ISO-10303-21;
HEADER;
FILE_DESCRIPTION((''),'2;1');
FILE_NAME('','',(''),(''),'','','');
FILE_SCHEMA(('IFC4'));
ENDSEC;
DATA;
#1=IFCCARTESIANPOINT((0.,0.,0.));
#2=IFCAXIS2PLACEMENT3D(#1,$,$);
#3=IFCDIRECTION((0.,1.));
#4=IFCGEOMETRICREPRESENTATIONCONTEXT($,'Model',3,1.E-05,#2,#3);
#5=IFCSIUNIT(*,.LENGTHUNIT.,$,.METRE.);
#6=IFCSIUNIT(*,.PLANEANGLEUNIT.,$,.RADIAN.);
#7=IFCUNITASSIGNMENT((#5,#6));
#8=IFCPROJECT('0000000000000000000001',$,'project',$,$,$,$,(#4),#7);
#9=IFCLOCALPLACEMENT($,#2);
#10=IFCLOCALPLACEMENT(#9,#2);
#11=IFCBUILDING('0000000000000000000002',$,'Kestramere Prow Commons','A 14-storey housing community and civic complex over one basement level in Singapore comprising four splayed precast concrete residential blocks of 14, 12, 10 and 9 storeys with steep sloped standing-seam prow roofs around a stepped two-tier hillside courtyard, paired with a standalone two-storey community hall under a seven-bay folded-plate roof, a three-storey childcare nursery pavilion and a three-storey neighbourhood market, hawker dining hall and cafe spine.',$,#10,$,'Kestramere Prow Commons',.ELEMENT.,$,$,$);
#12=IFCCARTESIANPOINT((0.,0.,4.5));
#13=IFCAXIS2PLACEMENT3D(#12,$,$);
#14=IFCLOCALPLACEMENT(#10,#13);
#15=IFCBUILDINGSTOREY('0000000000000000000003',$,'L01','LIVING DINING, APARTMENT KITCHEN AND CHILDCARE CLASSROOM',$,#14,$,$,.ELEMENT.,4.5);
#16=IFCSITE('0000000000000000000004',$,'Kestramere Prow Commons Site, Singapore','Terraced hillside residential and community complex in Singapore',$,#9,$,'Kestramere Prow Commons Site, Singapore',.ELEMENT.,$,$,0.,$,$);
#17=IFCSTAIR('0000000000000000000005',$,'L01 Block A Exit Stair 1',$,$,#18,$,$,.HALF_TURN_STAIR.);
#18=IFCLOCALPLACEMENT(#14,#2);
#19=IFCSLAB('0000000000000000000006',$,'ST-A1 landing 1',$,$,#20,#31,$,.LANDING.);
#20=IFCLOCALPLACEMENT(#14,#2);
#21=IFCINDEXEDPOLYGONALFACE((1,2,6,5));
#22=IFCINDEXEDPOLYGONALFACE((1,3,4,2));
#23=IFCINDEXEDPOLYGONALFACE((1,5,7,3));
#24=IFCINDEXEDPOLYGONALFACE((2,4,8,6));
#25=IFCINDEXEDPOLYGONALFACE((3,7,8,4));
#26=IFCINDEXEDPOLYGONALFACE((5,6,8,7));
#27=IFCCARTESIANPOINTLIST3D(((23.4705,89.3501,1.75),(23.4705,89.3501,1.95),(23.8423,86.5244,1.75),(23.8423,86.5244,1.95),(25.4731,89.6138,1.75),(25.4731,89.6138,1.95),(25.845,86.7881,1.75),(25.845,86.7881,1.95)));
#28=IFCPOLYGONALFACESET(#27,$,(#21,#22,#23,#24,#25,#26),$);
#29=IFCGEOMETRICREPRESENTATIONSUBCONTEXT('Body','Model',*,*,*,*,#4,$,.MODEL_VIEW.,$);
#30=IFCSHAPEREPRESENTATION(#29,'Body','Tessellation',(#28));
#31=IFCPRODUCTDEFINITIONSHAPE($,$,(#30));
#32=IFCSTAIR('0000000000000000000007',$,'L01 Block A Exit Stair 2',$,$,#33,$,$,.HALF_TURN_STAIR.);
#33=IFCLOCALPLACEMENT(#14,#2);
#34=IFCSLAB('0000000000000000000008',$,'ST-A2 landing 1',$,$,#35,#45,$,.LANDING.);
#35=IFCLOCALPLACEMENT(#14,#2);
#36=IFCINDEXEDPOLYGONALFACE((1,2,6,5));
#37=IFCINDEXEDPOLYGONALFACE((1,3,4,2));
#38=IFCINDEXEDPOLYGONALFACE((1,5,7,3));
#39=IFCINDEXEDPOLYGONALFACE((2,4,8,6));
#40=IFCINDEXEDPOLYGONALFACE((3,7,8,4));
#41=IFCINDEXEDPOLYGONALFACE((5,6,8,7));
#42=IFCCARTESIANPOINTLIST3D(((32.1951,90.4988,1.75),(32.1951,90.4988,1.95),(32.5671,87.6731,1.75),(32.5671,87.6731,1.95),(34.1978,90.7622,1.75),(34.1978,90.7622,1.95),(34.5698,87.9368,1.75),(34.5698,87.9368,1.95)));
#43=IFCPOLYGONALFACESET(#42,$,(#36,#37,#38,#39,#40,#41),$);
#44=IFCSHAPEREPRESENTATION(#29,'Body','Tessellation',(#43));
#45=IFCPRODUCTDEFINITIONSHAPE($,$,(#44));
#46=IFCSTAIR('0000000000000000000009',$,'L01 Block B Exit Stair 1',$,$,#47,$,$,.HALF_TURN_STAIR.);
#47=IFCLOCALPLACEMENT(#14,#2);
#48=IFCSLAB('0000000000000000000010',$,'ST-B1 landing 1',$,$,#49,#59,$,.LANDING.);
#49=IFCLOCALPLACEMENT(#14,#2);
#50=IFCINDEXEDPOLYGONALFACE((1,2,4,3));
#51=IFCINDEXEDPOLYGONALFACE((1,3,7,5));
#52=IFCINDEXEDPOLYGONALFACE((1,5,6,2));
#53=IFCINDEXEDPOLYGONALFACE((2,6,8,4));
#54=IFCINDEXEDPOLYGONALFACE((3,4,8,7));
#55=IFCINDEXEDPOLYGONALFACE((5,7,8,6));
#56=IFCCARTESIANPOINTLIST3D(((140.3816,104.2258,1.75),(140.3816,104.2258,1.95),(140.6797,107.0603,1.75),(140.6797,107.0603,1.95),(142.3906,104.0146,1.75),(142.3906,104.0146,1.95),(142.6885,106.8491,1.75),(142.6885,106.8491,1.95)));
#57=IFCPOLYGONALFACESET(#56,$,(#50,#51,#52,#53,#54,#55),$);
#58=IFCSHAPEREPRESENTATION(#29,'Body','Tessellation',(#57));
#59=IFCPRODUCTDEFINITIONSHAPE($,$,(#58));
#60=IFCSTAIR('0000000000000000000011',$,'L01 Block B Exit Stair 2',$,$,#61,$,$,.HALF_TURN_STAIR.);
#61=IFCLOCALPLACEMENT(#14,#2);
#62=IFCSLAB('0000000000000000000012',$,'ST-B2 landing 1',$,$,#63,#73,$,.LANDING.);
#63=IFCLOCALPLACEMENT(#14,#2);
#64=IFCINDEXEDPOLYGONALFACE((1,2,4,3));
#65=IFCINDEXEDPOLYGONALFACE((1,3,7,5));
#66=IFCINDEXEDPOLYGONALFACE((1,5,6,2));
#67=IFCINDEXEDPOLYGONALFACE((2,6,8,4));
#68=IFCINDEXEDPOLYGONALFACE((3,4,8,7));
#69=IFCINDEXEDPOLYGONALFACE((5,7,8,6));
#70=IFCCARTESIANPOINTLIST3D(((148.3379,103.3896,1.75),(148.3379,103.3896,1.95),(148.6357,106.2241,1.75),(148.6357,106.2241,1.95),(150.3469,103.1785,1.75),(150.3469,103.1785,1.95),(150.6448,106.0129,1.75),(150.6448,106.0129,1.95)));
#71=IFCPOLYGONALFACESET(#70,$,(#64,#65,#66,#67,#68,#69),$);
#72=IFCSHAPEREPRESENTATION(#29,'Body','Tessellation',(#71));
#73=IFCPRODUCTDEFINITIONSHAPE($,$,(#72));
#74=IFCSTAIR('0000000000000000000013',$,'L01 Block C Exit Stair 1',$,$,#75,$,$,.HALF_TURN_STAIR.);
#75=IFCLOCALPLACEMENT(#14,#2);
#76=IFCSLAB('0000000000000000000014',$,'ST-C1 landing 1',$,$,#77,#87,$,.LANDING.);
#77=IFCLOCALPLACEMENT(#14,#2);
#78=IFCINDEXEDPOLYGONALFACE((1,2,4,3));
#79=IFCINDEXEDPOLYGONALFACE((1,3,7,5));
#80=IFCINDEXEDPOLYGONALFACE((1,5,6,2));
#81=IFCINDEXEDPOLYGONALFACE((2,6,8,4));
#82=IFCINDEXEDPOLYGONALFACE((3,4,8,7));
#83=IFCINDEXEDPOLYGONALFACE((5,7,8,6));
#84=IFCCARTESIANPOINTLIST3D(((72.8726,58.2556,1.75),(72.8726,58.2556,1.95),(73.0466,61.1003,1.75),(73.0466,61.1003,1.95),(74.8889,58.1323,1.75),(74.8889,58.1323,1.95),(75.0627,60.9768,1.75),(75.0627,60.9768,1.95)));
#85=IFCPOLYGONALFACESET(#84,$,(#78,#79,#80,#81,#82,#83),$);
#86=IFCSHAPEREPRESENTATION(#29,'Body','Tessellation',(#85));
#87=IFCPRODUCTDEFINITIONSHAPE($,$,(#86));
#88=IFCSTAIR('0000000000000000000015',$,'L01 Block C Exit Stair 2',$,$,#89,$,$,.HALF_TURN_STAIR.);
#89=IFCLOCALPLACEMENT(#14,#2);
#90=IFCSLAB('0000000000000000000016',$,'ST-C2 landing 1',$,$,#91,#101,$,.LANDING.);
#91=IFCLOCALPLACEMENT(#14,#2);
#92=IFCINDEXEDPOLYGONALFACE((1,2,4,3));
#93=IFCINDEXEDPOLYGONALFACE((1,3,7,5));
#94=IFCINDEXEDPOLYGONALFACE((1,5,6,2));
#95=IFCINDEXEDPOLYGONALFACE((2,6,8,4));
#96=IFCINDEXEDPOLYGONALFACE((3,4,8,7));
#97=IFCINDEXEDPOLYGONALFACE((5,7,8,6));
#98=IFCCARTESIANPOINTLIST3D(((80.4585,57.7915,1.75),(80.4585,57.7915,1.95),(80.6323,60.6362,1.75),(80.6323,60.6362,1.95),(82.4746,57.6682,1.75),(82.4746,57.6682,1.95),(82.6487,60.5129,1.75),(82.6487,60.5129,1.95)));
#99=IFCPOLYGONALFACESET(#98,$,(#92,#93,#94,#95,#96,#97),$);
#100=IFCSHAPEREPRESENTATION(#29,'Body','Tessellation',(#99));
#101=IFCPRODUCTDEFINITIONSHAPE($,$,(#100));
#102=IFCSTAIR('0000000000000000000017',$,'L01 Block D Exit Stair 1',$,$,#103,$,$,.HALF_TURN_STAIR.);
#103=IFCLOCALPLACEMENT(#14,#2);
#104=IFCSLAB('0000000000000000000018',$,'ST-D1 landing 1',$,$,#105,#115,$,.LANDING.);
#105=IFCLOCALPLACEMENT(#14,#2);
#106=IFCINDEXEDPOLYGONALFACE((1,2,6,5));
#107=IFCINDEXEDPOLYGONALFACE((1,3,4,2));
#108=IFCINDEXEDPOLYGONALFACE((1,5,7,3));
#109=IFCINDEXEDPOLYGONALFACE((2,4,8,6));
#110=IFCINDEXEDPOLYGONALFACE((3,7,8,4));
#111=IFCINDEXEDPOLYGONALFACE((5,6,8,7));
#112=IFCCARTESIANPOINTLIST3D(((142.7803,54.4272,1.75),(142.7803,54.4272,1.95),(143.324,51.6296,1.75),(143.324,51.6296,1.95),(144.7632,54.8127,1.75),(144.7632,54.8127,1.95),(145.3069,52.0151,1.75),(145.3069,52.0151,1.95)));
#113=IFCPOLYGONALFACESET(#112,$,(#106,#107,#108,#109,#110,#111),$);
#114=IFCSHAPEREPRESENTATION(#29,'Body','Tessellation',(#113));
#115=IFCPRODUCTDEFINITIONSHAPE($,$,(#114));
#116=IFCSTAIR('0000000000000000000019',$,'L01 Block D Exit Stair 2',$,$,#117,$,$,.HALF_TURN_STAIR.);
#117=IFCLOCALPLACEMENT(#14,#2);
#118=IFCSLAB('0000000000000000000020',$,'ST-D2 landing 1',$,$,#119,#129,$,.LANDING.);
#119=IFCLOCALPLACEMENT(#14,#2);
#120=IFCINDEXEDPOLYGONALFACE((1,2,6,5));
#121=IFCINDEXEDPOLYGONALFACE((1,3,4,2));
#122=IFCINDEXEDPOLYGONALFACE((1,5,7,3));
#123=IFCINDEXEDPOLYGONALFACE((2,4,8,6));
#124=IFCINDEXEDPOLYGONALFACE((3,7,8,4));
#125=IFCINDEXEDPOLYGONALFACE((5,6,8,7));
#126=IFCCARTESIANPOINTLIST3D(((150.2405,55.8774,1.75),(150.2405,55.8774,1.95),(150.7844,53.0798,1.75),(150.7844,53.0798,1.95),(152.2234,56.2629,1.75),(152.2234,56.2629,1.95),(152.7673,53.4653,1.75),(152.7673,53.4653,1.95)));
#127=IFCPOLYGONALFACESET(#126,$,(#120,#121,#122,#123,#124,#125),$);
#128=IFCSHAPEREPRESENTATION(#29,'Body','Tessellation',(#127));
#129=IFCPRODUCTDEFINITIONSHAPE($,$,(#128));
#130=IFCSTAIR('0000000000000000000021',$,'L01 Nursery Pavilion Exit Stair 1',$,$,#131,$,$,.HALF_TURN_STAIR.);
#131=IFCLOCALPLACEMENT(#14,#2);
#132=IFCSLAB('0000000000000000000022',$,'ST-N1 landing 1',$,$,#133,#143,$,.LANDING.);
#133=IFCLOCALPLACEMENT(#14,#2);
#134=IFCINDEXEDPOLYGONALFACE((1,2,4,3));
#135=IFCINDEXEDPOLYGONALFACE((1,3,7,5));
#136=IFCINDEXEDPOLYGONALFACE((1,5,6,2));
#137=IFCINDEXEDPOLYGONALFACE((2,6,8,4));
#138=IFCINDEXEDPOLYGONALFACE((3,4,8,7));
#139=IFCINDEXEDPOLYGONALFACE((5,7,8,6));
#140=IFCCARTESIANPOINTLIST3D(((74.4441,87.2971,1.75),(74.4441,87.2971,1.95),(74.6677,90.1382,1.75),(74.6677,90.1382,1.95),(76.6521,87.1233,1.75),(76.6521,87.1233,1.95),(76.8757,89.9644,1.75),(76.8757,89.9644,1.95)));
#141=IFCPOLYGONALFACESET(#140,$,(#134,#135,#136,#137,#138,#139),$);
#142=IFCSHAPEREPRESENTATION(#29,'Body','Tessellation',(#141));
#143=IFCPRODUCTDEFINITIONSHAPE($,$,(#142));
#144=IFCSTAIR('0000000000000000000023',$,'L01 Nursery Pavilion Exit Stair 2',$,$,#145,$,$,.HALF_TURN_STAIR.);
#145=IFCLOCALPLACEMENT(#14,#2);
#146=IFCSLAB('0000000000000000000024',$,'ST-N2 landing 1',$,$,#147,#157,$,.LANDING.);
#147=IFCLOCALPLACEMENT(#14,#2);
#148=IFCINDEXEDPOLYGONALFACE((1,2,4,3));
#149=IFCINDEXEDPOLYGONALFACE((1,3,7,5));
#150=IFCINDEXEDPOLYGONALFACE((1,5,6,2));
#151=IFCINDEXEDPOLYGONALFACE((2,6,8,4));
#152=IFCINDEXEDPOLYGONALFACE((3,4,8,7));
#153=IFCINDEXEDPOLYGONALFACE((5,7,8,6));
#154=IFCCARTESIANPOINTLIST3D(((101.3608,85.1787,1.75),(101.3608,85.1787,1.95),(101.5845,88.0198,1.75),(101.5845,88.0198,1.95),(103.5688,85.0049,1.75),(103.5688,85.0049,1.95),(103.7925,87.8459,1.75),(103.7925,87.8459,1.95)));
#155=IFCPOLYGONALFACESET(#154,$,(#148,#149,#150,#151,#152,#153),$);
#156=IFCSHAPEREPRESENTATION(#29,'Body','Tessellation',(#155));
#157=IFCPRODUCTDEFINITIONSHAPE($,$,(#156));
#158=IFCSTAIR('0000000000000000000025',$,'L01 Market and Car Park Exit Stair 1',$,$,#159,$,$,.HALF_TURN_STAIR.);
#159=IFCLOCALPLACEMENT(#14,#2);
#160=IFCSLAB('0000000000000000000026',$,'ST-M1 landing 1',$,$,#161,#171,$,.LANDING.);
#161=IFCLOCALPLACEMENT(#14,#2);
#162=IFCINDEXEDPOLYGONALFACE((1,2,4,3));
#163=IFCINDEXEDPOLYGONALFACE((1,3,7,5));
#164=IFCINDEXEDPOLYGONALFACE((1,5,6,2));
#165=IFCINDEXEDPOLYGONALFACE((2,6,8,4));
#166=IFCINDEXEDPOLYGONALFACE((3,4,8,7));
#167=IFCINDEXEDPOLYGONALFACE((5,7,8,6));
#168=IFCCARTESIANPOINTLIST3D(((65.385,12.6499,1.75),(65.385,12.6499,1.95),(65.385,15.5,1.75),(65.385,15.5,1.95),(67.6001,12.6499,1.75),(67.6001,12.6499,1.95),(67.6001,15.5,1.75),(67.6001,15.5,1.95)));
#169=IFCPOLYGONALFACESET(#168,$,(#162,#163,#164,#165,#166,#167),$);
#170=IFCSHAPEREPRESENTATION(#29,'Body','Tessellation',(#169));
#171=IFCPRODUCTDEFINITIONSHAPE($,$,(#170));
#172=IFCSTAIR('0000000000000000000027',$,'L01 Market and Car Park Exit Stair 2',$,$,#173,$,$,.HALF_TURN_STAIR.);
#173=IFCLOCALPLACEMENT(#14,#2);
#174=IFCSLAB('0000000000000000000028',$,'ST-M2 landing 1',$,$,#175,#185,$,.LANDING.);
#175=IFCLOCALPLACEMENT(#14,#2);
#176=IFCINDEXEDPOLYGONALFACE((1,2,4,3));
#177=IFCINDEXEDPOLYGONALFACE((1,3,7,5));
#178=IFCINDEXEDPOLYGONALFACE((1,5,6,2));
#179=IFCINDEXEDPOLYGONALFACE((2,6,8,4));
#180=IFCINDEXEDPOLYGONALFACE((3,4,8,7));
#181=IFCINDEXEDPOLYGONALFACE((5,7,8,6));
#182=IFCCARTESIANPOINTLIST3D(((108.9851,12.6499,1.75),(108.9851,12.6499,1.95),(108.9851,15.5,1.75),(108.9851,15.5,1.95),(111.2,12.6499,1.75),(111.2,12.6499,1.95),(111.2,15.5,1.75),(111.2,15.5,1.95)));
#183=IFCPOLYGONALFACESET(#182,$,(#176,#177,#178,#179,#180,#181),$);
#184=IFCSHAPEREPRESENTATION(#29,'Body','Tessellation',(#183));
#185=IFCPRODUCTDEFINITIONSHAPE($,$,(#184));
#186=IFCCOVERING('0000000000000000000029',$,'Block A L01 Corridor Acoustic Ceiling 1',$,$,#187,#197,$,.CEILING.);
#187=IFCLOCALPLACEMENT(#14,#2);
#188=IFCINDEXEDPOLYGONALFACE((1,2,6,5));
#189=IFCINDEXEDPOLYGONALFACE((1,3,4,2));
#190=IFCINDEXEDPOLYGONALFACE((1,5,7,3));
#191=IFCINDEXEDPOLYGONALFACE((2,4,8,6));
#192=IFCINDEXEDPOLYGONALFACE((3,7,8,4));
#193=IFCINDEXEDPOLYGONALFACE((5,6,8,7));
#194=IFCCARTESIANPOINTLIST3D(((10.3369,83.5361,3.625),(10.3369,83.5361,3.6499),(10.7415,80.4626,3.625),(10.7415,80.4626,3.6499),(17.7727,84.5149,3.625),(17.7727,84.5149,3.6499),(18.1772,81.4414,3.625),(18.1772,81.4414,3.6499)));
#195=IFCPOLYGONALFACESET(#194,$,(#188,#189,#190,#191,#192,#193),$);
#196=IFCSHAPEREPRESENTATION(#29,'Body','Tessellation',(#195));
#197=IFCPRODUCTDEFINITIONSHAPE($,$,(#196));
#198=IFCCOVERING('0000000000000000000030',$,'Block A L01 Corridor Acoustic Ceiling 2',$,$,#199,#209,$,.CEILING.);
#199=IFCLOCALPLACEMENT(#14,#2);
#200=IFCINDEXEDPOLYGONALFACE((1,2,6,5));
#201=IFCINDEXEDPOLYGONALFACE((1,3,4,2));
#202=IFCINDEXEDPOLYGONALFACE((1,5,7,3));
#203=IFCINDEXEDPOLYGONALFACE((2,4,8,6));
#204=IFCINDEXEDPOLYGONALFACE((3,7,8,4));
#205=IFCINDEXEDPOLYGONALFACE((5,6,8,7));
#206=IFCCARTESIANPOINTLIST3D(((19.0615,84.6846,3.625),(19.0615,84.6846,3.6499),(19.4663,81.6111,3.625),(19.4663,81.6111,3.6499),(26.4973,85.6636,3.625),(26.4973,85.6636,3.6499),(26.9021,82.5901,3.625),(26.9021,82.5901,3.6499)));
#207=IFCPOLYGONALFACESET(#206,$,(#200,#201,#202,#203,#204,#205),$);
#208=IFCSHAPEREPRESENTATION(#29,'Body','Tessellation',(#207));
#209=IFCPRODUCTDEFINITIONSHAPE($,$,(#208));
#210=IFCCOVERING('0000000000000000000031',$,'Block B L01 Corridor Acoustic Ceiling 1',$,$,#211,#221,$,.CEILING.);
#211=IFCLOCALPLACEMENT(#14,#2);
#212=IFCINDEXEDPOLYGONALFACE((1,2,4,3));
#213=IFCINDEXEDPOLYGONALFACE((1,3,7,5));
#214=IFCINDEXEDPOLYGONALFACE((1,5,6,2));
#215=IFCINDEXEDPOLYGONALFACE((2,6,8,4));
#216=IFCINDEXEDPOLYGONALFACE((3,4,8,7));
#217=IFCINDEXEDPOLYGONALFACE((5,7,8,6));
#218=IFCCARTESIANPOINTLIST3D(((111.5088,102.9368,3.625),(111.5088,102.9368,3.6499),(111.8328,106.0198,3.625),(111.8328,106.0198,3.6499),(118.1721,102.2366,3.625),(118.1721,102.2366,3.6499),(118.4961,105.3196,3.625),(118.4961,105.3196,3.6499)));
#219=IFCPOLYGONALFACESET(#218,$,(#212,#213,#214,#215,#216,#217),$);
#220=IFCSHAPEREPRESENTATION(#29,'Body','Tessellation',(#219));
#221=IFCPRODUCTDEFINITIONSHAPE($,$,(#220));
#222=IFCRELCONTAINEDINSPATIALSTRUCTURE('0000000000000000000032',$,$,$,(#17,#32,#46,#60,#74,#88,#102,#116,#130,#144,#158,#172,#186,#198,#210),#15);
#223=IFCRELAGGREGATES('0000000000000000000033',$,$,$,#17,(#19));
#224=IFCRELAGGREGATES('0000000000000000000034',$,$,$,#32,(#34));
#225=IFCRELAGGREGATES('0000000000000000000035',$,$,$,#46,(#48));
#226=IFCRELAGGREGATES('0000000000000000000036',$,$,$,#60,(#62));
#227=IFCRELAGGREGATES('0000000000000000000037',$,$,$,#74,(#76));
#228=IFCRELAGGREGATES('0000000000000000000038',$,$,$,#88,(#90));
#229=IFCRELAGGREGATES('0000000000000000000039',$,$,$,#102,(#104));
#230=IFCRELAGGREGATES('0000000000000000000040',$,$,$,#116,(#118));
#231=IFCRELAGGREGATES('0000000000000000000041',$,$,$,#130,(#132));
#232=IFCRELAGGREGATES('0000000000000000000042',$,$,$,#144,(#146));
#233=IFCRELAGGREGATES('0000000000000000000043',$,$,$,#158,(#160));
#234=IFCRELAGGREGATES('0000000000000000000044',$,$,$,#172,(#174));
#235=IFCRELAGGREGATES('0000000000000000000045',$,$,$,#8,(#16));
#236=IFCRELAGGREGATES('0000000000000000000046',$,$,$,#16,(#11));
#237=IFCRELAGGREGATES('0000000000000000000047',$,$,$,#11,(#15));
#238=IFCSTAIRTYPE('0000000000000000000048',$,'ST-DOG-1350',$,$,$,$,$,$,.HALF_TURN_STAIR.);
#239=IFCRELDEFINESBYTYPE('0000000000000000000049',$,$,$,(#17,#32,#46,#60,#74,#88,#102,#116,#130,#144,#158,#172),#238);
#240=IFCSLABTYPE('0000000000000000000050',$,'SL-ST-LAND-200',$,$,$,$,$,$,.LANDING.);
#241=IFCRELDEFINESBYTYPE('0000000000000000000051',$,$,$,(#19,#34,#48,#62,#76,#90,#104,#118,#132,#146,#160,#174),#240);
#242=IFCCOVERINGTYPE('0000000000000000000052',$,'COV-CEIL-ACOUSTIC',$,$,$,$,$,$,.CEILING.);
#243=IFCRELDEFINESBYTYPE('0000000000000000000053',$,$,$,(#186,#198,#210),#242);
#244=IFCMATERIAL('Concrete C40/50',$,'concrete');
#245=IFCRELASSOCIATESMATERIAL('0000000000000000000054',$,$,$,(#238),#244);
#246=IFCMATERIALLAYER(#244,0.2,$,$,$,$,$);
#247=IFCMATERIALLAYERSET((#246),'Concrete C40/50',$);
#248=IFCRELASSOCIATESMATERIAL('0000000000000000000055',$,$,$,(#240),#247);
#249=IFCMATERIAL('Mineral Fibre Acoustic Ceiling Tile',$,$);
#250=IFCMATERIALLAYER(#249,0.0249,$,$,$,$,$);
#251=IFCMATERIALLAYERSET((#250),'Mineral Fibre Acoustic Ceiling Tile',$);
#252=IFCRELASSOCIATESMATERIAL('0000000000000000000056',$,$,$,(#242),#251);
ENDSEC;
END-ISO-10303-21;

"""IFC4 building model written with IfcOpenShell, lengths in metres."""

from ifc_helpers import new_model, si_unit, direction, frame, origin, place, context, subcontext, project, spatial, polyline, outline, extrude, material, layer, layer_set, type_object, element, aggregate, save


model = new_model("IFC4")

# Units and contexts
model_context = context("Model", 3, precision=1e-05, world=origin(), true_north=direction((0.0, 1.0)))
body_context = subcontext(model_context, "Body", "Model", "MODEL_VIEW")
ifc_project = project(units=[si_unit("LENGTHUNIT", "METRE"), si_unit("PLANEANGLEUNIT", "RADIAN")], contexts=[model_context])

# Site, building, storey
site_placement = place(None, origin())
site = spatial("IfcSite", under=ifc_project, at=site_placement, Name="Kestramere Prow Commons Site, Singapore", Description="Terraced hillside residential and community complex in Singapore", LongName="Kestramere Prow Commons Site, Singapore", CompositionType="ELEMENT", RefElevation=0.0)
building_placement = place(site_placement, origin())
building = spatial("IfcBuilding", under=site, at=building_placement, Name="Kestramere Prow Commons", Description="A 14-storey housing community and civic complex over one basement level in Singapore comprising four splayed precast concrete residential blocks of 14, 12, 10 and 9 storeys with steep sloped standing-seam prow roofs around a stepped two-tier hillside courtyard, paired with a standalone two-storey community hall under a seven-bay folded-plate roof, a three-storey childcare nursery pavilion and a three-storey neighbourhood market, hawker dining hall and cafe spine.", LongName="Kestramere Prow Commons", CompositionType="ELEMENT")
storey_placement = place(building_placement, frame((0.0, 0.0, 4.5)))
storey = spatial("IfcBuildingStorey", under=building, at=storey_placement, Name="L01", Description="LIVING DINING, APARTMENT KITCHEN AND CHILDCARE CLASSROOM", CompositionType="ELEMENT", Elevation=4.5)

# Stairs, slabs
ifc_material_1 = material(Name="Concrete C40/50", Category="concrete")
stair_type = type_object("IfcStairType", Name="ST-DOG-1350", PredefinedType="HALF_TURN_STAIR", material=ifc_material_1)
stair_1_placement = place(storey_placement, origin())
stair_1 = element("IfcStair", 1, at=stair_1_placement, inside=storey, type_object=stair_type, Name="L01 Block A Exit Stair 1", PredefinedType="HALF_TURN_STAIR")
ifc_layer_1 = layer(ifc_material_1, 0.2)
ifc_layer_set_1 = layer_set([ifc_layer_1], Name="Concrete C40/50")
slab_type = type_object("IfcSlabType", Name="SL-ST-LAND-200", PredefinedType="LANDING", material=ifc_layer_set_1)
slab_1_placement = place(storey_placement, frame((0.0, 0.0, 1.75)))
slab_1 = element("IfcSlab", 2, at=slab_1_placement, type_object=slab_type, Name="ST-A1 landing 1", PredefinedType="LANDING", context=body_context, shape_type="SweptSolid", body=[
    extrude(outline(polyline([(23.8423, 86.5244), (25.845, 86.7881), (25.4731, 89.6138), (23.4705, 89.3501), (23.8423, 86.5244)])), origin(), (0.0, 0.0, 1.0), 0.2),
])
aggregate(stair_1, [slab_1])
stair_2_placement = place(storey_placement, origin())
stair_2 = element("IfcStair", 3, at=stair_2_placement, inside=storey, type_object=stair_type, Name="L01 Block A Exit Stair 2", PredefinedType="HALF_TURN_STAIR")
slab_2_placement = place(storey_placement, frame((0.0, 0.0, 1.75)))
slab_2 = element("IfcSlab", 4, at=slab_2_placement, type_object=slab_type, Name="ST-A2 landing 1", PredefinedType="LANDING", context=body_context, shape_type="SweptSolid", body=[
    extrude(outline(polyline([(32.5671, 87.6731), (34.5698, 87.9368), (34.1978, 90.7622), (32.1951, 90.4988), (32.5671, 87.6731)])), origin(), (0.0, 0.0, 1.0), 0.2),
])
aggregate(stair_2, [slab_2])
stair_3_placement = place(storey_placement, origin())
stair_3 = element("IfcStair", 5, at=stair_3_placement, inside=storey, type_object=stair_type, Name="L01 Block B Exit Stair 1", PredefinedType="HALF_TURN_STAIR")
slab_3_placement = place(storey_placement, frame((0.0, 0.0, 1.75)))
slab_3 = element("IfcSlab", 6, at=slab_3_placement, type_object=slab_type, Name="ST-B1 landing 1", PredefinedType="LANDING", context=body_context, shape_type="SweptSolid", body=[
    extrude(outline(polyline([(140.3816, 104.2258), (142.3906, 104.0146), (142.6885, 106.8491), (140.6797, 107.0603), (140.3816, 104.2258)])), origin(), (0.0, 0.0, 1.0), 0.2),
])
aggregate(stair_3, [slab_3])
stair_4_placement = place(storey_placement, origin())
stair_4 = element("IfcStair", 7, at=stair_4_placement, inside=storey, type_object=stair_type, Name="L01 Block B Exit Stair 2", PredefinedType="HALF_TURN_STAIR")
slab_4_placement = place(storey_placement, frame((0.0, 0.0, 1.75)))
slab_4 = element("IfcSlab", 8, at=slab_4_placement, type_object=slab_type, Name="ST-B2 landing 1", PredefinedType="LANDING", context=body_context, shape_type="SweptSolid", body=[
    extrude(outline(polyline([(148.3379, 103.3896), (150.3469, 103.1785), (150.6448, 106.0129), (148.6357, 106.2241), (148.3379, 103.3896)])), origin(), (0.0, 0.0, 1.0), 0.2),
])
aggregate(stair_4, [slab_4])
stair_5_placement = place(storey_placement, origin())
stair_5 = element("IfcStair", 9, at=stair_5_placement, inside=storey, type_object=stair_type, Name="L01 Block C Exit Stair 1", PredefinedType="HALF_TURN_STAIR")
slab_5_placement = place(storey_placement, frame((0.0, 0.0, 1.75)))
slab_5 = element("IfcSlab", 10, at=slab_5_placement, type_object=slab_type, Name="ST-C1 landing 1", PredefinedType="LANDING", context=body_context, shape_type="SweptSolid", body=[
    extrude(outline(polyline([(72.8726, 58.2556), (74.8889, 58.1323), (75.0627, 60.9768), (73.0466, 61.1003), (72.8726, 58.2556)])), origin(), (0.0, 0.0, 1.0), 0.2),
])
aggregate(stair_5, [slab_5])
stair_6_placement = place(storey_placement, origin())
stair_6 = element("IfcStair", 11, at=stair_6_placement, inside=storey, type_object=stair_type, Name="L01 Block C Exit Stair 2", PredefinedType="HALF_TURN_STAIR")
slab_6_placement = place(storey_placement, frame((0.0, 0.0, 1.75)))
slab_6 = element("IfcSlab", 12, at=slab_6_placement, type_object=slab_type, Name="ST-C2 landing 1", PredefinedType="LANDING", context=body_context, shape_type="SweptSolid", body=[
    extrude(outline(polyline([(80.4585, 57.7915), (82.4746, 57.6682), (82.6487, 60.5129), (80.6323, 60.6362), (80.4585, 57.7915)])), origin(), (0.0, 0.0, 1.0), 0.2),
])
aggregate(stair_6, [slab_6])
stair_7_placement = place(storey_placement, origin())
stair_7 = element("IfcStair", 13, at=stair_7_placement, inside=storey, type_object=stair_type, Name="L01 Block D Exit Stair 1", PredefinedType="HALF_TURN_STAIR")
slab_7_placement = place(storey_placement, frame((0.0, 0.0, 1.75)))
slab_7 = element("IfcSlab", 14, at=slab_7_placement, type_object=slab_type, Name="ST-D1 landing 1", PredefinedType="LANDING", context=body_context, shape_type="SweptSolid", body=[
    extrude(outline(polyline([(143.324, 51.6296), (145.3069, 52.0151), (144.7632, 54.8127), (142.7803, 54.4272), (143.324, 51.6296)])), origin(), (0.0, 0.0, 1.0), 0.2),
])
aggregate(stair_7, [slab_7])
stair_8_placement = place(storey_placement, origin())
stair_8 = element("IfcStair", 15, at=stair_8_placement, inside=storey, type_object=stair_type, Name="L01 Block D Exit Stair 2", PredefinedType="HALF_TURN_STAIR")
slab_8_placement = place(storey_placement, frame((0.0, 0.0, 1.75)))
slab_8 = element("IfcSlab", 16, at=slab_8_placement, type_object=slab_type, Name="ST-D2 landing 1", PredefinedType="LANDING", context=body_context, shape_type="SweptSolid", body=[
    extrude(outline(polyline([(150.7844, 53.0798), (152.7673, 53.4653), (152.2234, 56.2629), (150.2405, 55.8774), (150.7844, 53.0798)])), origin(), (0.0, 0.0, 1.0), 0.2),
])
aggregate(stair_8, [slab_8])
stair_9_placement = place(storey_placement, origin())
stair_9 = element("IfcStair", 17, at=stair_9_placement, inside=storey, type_object=stair_type, Name="L01 Nursery Pavilion Exit Stair 1", PredefinedType="HALF_TURN_STAIR")
slab_9_placement = place(storey_placement, frame((0.0, 0.0, 1.75)))
slab_9 = element("IfcSlab", 18, at=slab_9_placement, type_object=slab_type, Name="ST-N1 landing 1", PredefinedType="LANDING", context=body_context, shape_type="SweptSolid", body=[
    extrude(outline(polyline([(74.4441, 87.2971), (76.6521, 87.1233), (76.8757, 89.9644), (74.6677, 90.1382), (74.4441, 87.2971)])), origin(), (0.0, 0.0, 1.0), 0.2),
])
aggregate(stair_9, [slab_9])
stair_10_placement = place(storey_placement, origin())
stair_10 = element("IfcStair", 19, at=stair_10_placement, inside=storey, type_object=stair_type, Name="L01 Nursery Pavilion Exit Stair 2", PredefinedType="HALF_TURN_STAIR")
slab_10_placement = place(storey_placement, frame((0.0, 0.0, 1.75)))
slab_10 = element("IfcSlab", 20, at=slab_10_placement, type_object=slab_type, Name="ST-N2 landing 1", PredefinedType="LANDING", context=body_context, shape_type="SweptSolid", body=[
    extrude(outline(polyline([(101.3608, 85.1787), (103.5688, 85.0049), (103.7925, 87.8459), (101.5845, 88.0198), (101.3608, 85.1787)])), origin(), (0.0, 0.0, 1.0), 0.2),
])
aggregate(stair_10, [slab_10])
stair_11_placement = place(storey_placement, origin())
stair_11 = element("IfcStair", 21, at=stair_11_placement, inside=storey, type_object=stair_type, Name="L01 Market and Car Park Exit Stair 1", PredefinedType="HALF_TURN_STAIR")
slab_11_placement = place(storey_placement, frame((0.0, 0.0, 1.75)))
slab_11 = element("IfcSlab", 22, at=slab_11_placement, type_object=slab_type, Name="ST-M1 landing 1", PredefinedType="LANDING", context=body_context, shape_type="SweptSolid", body=[
    extrude(outline(polyline([(65.385, 12.6499), (67.6001, 12.6499), (67.6001, 15.5), (65.385, 15.5), (65.385, 12.6499)])), origin(), (0.0, 0.0, 1.0), 0.2),
])
aggregate(stair_11, [slab_11])
stair_12_placement = place(storey_placement, origin())
stair_12 = element("IfcStair", 23, at=stair_12_placement, inside=storey, type_object=stair_type, Name="L01 Market and Car Park Exit Stair 2", PredefinedType="HALF_TURN_STAIR")
slab_12_placement = place(storey_placement, frame((0.0, 0.0, 1.75)))
slab_12 = element("IfcSlab", 24, at=slab_12_placement, type_object=slab_type, Name="ST-M2 landing 1", PredefinedType="LANDING", context=body_context, shape_type="SweptSolid", body=[
    extrude(outline(polyline([(108.9851, 12.6499), (111.2, 12.6499), (111.2, 15.5), (108.9851, 15.5), (108.9851, 12.6499)])), origin(), (0.0, 0.0, 1.0), 0.2),
])
aggregate(stair_12, [slab_12])

# Coverings
ifc_material_2 = material(Name="Mineral Fibre Acoustic Ceiling Tile")
ifc_layer_2 = layer(ifc_material_2, 0.0249)
ifc_layer_set_2 = layer_set([ifc_layer_2], Name="Mineral Fibre Acoustic Ceiling Tile")
covering_type_1 = type_object("IfcCoveringType", Name="COV-CEIL-ACOUSTIC", PredefinedType="CEILING", material=ifc_layer_set_2)
covering_1_placement = place(storey_placement, frame((0.0, 0.0, 3.625)))
element("IfcCovering", 25, at=covering_1_placement, inside=storey, type_object=covering_type_1, Name="Block A L01 Corridor Acoustic Ceiling 1", PredefinedType="CEILING", context=body_context, shape_type="SweptSolid", body=[
    extrude(outline(polyline([(10.7415, 80.4626), (18.1772, 81.4414), (17.7727, 84.5149), (10.3369, 83.5361), (10.7415, 80.4626)])), origin(), (0.0, 0.0, 1.0), 0.0249),
])
covering_2_placement = place(storey_placement, frame((0.0, 0.0, 3.625)))
element("IfcCovering", 26, at=covering_2_placement, inside=storey, type_object=covering_type_1, Name="Block A L01 Corridor Acoustic Ceiling 2", PredefinedType="CEILING", context=body_context, shape_type="SweptSolid", body=[
    extrude(outline(polyline([(19.4663, 81.6111), (26.9021, 82.5901), (26.4973, 85.6636), (19.0615, 84.6846), (19.4663, 81.6111)])), origin(), (0.0, 0.0, 1.0), 0.0249),
])
covering_3_placement = place(storey_placement, frame((0.0, 0.0, 3.625)))
element("IfcCovering", 27, at=covering_3_placement, inside=storey, type_object=covering_type_1, Name="Block B L01 Corridor Acoustic Ceiling 1", PredefinedType="CEILING", context=body_context, shape_type="SweptSolid", body=[
    extrude(outline(polyline([(111.5088, 102.9368), (118.1721, 102.2366), (118.4961, 105.3196), (111.8328, 106.0198), (111.5088, 102.9368)])), origin(), (0.0, 0.0, 1.0), 0.0249),
])

save(model, "model.ifc")
